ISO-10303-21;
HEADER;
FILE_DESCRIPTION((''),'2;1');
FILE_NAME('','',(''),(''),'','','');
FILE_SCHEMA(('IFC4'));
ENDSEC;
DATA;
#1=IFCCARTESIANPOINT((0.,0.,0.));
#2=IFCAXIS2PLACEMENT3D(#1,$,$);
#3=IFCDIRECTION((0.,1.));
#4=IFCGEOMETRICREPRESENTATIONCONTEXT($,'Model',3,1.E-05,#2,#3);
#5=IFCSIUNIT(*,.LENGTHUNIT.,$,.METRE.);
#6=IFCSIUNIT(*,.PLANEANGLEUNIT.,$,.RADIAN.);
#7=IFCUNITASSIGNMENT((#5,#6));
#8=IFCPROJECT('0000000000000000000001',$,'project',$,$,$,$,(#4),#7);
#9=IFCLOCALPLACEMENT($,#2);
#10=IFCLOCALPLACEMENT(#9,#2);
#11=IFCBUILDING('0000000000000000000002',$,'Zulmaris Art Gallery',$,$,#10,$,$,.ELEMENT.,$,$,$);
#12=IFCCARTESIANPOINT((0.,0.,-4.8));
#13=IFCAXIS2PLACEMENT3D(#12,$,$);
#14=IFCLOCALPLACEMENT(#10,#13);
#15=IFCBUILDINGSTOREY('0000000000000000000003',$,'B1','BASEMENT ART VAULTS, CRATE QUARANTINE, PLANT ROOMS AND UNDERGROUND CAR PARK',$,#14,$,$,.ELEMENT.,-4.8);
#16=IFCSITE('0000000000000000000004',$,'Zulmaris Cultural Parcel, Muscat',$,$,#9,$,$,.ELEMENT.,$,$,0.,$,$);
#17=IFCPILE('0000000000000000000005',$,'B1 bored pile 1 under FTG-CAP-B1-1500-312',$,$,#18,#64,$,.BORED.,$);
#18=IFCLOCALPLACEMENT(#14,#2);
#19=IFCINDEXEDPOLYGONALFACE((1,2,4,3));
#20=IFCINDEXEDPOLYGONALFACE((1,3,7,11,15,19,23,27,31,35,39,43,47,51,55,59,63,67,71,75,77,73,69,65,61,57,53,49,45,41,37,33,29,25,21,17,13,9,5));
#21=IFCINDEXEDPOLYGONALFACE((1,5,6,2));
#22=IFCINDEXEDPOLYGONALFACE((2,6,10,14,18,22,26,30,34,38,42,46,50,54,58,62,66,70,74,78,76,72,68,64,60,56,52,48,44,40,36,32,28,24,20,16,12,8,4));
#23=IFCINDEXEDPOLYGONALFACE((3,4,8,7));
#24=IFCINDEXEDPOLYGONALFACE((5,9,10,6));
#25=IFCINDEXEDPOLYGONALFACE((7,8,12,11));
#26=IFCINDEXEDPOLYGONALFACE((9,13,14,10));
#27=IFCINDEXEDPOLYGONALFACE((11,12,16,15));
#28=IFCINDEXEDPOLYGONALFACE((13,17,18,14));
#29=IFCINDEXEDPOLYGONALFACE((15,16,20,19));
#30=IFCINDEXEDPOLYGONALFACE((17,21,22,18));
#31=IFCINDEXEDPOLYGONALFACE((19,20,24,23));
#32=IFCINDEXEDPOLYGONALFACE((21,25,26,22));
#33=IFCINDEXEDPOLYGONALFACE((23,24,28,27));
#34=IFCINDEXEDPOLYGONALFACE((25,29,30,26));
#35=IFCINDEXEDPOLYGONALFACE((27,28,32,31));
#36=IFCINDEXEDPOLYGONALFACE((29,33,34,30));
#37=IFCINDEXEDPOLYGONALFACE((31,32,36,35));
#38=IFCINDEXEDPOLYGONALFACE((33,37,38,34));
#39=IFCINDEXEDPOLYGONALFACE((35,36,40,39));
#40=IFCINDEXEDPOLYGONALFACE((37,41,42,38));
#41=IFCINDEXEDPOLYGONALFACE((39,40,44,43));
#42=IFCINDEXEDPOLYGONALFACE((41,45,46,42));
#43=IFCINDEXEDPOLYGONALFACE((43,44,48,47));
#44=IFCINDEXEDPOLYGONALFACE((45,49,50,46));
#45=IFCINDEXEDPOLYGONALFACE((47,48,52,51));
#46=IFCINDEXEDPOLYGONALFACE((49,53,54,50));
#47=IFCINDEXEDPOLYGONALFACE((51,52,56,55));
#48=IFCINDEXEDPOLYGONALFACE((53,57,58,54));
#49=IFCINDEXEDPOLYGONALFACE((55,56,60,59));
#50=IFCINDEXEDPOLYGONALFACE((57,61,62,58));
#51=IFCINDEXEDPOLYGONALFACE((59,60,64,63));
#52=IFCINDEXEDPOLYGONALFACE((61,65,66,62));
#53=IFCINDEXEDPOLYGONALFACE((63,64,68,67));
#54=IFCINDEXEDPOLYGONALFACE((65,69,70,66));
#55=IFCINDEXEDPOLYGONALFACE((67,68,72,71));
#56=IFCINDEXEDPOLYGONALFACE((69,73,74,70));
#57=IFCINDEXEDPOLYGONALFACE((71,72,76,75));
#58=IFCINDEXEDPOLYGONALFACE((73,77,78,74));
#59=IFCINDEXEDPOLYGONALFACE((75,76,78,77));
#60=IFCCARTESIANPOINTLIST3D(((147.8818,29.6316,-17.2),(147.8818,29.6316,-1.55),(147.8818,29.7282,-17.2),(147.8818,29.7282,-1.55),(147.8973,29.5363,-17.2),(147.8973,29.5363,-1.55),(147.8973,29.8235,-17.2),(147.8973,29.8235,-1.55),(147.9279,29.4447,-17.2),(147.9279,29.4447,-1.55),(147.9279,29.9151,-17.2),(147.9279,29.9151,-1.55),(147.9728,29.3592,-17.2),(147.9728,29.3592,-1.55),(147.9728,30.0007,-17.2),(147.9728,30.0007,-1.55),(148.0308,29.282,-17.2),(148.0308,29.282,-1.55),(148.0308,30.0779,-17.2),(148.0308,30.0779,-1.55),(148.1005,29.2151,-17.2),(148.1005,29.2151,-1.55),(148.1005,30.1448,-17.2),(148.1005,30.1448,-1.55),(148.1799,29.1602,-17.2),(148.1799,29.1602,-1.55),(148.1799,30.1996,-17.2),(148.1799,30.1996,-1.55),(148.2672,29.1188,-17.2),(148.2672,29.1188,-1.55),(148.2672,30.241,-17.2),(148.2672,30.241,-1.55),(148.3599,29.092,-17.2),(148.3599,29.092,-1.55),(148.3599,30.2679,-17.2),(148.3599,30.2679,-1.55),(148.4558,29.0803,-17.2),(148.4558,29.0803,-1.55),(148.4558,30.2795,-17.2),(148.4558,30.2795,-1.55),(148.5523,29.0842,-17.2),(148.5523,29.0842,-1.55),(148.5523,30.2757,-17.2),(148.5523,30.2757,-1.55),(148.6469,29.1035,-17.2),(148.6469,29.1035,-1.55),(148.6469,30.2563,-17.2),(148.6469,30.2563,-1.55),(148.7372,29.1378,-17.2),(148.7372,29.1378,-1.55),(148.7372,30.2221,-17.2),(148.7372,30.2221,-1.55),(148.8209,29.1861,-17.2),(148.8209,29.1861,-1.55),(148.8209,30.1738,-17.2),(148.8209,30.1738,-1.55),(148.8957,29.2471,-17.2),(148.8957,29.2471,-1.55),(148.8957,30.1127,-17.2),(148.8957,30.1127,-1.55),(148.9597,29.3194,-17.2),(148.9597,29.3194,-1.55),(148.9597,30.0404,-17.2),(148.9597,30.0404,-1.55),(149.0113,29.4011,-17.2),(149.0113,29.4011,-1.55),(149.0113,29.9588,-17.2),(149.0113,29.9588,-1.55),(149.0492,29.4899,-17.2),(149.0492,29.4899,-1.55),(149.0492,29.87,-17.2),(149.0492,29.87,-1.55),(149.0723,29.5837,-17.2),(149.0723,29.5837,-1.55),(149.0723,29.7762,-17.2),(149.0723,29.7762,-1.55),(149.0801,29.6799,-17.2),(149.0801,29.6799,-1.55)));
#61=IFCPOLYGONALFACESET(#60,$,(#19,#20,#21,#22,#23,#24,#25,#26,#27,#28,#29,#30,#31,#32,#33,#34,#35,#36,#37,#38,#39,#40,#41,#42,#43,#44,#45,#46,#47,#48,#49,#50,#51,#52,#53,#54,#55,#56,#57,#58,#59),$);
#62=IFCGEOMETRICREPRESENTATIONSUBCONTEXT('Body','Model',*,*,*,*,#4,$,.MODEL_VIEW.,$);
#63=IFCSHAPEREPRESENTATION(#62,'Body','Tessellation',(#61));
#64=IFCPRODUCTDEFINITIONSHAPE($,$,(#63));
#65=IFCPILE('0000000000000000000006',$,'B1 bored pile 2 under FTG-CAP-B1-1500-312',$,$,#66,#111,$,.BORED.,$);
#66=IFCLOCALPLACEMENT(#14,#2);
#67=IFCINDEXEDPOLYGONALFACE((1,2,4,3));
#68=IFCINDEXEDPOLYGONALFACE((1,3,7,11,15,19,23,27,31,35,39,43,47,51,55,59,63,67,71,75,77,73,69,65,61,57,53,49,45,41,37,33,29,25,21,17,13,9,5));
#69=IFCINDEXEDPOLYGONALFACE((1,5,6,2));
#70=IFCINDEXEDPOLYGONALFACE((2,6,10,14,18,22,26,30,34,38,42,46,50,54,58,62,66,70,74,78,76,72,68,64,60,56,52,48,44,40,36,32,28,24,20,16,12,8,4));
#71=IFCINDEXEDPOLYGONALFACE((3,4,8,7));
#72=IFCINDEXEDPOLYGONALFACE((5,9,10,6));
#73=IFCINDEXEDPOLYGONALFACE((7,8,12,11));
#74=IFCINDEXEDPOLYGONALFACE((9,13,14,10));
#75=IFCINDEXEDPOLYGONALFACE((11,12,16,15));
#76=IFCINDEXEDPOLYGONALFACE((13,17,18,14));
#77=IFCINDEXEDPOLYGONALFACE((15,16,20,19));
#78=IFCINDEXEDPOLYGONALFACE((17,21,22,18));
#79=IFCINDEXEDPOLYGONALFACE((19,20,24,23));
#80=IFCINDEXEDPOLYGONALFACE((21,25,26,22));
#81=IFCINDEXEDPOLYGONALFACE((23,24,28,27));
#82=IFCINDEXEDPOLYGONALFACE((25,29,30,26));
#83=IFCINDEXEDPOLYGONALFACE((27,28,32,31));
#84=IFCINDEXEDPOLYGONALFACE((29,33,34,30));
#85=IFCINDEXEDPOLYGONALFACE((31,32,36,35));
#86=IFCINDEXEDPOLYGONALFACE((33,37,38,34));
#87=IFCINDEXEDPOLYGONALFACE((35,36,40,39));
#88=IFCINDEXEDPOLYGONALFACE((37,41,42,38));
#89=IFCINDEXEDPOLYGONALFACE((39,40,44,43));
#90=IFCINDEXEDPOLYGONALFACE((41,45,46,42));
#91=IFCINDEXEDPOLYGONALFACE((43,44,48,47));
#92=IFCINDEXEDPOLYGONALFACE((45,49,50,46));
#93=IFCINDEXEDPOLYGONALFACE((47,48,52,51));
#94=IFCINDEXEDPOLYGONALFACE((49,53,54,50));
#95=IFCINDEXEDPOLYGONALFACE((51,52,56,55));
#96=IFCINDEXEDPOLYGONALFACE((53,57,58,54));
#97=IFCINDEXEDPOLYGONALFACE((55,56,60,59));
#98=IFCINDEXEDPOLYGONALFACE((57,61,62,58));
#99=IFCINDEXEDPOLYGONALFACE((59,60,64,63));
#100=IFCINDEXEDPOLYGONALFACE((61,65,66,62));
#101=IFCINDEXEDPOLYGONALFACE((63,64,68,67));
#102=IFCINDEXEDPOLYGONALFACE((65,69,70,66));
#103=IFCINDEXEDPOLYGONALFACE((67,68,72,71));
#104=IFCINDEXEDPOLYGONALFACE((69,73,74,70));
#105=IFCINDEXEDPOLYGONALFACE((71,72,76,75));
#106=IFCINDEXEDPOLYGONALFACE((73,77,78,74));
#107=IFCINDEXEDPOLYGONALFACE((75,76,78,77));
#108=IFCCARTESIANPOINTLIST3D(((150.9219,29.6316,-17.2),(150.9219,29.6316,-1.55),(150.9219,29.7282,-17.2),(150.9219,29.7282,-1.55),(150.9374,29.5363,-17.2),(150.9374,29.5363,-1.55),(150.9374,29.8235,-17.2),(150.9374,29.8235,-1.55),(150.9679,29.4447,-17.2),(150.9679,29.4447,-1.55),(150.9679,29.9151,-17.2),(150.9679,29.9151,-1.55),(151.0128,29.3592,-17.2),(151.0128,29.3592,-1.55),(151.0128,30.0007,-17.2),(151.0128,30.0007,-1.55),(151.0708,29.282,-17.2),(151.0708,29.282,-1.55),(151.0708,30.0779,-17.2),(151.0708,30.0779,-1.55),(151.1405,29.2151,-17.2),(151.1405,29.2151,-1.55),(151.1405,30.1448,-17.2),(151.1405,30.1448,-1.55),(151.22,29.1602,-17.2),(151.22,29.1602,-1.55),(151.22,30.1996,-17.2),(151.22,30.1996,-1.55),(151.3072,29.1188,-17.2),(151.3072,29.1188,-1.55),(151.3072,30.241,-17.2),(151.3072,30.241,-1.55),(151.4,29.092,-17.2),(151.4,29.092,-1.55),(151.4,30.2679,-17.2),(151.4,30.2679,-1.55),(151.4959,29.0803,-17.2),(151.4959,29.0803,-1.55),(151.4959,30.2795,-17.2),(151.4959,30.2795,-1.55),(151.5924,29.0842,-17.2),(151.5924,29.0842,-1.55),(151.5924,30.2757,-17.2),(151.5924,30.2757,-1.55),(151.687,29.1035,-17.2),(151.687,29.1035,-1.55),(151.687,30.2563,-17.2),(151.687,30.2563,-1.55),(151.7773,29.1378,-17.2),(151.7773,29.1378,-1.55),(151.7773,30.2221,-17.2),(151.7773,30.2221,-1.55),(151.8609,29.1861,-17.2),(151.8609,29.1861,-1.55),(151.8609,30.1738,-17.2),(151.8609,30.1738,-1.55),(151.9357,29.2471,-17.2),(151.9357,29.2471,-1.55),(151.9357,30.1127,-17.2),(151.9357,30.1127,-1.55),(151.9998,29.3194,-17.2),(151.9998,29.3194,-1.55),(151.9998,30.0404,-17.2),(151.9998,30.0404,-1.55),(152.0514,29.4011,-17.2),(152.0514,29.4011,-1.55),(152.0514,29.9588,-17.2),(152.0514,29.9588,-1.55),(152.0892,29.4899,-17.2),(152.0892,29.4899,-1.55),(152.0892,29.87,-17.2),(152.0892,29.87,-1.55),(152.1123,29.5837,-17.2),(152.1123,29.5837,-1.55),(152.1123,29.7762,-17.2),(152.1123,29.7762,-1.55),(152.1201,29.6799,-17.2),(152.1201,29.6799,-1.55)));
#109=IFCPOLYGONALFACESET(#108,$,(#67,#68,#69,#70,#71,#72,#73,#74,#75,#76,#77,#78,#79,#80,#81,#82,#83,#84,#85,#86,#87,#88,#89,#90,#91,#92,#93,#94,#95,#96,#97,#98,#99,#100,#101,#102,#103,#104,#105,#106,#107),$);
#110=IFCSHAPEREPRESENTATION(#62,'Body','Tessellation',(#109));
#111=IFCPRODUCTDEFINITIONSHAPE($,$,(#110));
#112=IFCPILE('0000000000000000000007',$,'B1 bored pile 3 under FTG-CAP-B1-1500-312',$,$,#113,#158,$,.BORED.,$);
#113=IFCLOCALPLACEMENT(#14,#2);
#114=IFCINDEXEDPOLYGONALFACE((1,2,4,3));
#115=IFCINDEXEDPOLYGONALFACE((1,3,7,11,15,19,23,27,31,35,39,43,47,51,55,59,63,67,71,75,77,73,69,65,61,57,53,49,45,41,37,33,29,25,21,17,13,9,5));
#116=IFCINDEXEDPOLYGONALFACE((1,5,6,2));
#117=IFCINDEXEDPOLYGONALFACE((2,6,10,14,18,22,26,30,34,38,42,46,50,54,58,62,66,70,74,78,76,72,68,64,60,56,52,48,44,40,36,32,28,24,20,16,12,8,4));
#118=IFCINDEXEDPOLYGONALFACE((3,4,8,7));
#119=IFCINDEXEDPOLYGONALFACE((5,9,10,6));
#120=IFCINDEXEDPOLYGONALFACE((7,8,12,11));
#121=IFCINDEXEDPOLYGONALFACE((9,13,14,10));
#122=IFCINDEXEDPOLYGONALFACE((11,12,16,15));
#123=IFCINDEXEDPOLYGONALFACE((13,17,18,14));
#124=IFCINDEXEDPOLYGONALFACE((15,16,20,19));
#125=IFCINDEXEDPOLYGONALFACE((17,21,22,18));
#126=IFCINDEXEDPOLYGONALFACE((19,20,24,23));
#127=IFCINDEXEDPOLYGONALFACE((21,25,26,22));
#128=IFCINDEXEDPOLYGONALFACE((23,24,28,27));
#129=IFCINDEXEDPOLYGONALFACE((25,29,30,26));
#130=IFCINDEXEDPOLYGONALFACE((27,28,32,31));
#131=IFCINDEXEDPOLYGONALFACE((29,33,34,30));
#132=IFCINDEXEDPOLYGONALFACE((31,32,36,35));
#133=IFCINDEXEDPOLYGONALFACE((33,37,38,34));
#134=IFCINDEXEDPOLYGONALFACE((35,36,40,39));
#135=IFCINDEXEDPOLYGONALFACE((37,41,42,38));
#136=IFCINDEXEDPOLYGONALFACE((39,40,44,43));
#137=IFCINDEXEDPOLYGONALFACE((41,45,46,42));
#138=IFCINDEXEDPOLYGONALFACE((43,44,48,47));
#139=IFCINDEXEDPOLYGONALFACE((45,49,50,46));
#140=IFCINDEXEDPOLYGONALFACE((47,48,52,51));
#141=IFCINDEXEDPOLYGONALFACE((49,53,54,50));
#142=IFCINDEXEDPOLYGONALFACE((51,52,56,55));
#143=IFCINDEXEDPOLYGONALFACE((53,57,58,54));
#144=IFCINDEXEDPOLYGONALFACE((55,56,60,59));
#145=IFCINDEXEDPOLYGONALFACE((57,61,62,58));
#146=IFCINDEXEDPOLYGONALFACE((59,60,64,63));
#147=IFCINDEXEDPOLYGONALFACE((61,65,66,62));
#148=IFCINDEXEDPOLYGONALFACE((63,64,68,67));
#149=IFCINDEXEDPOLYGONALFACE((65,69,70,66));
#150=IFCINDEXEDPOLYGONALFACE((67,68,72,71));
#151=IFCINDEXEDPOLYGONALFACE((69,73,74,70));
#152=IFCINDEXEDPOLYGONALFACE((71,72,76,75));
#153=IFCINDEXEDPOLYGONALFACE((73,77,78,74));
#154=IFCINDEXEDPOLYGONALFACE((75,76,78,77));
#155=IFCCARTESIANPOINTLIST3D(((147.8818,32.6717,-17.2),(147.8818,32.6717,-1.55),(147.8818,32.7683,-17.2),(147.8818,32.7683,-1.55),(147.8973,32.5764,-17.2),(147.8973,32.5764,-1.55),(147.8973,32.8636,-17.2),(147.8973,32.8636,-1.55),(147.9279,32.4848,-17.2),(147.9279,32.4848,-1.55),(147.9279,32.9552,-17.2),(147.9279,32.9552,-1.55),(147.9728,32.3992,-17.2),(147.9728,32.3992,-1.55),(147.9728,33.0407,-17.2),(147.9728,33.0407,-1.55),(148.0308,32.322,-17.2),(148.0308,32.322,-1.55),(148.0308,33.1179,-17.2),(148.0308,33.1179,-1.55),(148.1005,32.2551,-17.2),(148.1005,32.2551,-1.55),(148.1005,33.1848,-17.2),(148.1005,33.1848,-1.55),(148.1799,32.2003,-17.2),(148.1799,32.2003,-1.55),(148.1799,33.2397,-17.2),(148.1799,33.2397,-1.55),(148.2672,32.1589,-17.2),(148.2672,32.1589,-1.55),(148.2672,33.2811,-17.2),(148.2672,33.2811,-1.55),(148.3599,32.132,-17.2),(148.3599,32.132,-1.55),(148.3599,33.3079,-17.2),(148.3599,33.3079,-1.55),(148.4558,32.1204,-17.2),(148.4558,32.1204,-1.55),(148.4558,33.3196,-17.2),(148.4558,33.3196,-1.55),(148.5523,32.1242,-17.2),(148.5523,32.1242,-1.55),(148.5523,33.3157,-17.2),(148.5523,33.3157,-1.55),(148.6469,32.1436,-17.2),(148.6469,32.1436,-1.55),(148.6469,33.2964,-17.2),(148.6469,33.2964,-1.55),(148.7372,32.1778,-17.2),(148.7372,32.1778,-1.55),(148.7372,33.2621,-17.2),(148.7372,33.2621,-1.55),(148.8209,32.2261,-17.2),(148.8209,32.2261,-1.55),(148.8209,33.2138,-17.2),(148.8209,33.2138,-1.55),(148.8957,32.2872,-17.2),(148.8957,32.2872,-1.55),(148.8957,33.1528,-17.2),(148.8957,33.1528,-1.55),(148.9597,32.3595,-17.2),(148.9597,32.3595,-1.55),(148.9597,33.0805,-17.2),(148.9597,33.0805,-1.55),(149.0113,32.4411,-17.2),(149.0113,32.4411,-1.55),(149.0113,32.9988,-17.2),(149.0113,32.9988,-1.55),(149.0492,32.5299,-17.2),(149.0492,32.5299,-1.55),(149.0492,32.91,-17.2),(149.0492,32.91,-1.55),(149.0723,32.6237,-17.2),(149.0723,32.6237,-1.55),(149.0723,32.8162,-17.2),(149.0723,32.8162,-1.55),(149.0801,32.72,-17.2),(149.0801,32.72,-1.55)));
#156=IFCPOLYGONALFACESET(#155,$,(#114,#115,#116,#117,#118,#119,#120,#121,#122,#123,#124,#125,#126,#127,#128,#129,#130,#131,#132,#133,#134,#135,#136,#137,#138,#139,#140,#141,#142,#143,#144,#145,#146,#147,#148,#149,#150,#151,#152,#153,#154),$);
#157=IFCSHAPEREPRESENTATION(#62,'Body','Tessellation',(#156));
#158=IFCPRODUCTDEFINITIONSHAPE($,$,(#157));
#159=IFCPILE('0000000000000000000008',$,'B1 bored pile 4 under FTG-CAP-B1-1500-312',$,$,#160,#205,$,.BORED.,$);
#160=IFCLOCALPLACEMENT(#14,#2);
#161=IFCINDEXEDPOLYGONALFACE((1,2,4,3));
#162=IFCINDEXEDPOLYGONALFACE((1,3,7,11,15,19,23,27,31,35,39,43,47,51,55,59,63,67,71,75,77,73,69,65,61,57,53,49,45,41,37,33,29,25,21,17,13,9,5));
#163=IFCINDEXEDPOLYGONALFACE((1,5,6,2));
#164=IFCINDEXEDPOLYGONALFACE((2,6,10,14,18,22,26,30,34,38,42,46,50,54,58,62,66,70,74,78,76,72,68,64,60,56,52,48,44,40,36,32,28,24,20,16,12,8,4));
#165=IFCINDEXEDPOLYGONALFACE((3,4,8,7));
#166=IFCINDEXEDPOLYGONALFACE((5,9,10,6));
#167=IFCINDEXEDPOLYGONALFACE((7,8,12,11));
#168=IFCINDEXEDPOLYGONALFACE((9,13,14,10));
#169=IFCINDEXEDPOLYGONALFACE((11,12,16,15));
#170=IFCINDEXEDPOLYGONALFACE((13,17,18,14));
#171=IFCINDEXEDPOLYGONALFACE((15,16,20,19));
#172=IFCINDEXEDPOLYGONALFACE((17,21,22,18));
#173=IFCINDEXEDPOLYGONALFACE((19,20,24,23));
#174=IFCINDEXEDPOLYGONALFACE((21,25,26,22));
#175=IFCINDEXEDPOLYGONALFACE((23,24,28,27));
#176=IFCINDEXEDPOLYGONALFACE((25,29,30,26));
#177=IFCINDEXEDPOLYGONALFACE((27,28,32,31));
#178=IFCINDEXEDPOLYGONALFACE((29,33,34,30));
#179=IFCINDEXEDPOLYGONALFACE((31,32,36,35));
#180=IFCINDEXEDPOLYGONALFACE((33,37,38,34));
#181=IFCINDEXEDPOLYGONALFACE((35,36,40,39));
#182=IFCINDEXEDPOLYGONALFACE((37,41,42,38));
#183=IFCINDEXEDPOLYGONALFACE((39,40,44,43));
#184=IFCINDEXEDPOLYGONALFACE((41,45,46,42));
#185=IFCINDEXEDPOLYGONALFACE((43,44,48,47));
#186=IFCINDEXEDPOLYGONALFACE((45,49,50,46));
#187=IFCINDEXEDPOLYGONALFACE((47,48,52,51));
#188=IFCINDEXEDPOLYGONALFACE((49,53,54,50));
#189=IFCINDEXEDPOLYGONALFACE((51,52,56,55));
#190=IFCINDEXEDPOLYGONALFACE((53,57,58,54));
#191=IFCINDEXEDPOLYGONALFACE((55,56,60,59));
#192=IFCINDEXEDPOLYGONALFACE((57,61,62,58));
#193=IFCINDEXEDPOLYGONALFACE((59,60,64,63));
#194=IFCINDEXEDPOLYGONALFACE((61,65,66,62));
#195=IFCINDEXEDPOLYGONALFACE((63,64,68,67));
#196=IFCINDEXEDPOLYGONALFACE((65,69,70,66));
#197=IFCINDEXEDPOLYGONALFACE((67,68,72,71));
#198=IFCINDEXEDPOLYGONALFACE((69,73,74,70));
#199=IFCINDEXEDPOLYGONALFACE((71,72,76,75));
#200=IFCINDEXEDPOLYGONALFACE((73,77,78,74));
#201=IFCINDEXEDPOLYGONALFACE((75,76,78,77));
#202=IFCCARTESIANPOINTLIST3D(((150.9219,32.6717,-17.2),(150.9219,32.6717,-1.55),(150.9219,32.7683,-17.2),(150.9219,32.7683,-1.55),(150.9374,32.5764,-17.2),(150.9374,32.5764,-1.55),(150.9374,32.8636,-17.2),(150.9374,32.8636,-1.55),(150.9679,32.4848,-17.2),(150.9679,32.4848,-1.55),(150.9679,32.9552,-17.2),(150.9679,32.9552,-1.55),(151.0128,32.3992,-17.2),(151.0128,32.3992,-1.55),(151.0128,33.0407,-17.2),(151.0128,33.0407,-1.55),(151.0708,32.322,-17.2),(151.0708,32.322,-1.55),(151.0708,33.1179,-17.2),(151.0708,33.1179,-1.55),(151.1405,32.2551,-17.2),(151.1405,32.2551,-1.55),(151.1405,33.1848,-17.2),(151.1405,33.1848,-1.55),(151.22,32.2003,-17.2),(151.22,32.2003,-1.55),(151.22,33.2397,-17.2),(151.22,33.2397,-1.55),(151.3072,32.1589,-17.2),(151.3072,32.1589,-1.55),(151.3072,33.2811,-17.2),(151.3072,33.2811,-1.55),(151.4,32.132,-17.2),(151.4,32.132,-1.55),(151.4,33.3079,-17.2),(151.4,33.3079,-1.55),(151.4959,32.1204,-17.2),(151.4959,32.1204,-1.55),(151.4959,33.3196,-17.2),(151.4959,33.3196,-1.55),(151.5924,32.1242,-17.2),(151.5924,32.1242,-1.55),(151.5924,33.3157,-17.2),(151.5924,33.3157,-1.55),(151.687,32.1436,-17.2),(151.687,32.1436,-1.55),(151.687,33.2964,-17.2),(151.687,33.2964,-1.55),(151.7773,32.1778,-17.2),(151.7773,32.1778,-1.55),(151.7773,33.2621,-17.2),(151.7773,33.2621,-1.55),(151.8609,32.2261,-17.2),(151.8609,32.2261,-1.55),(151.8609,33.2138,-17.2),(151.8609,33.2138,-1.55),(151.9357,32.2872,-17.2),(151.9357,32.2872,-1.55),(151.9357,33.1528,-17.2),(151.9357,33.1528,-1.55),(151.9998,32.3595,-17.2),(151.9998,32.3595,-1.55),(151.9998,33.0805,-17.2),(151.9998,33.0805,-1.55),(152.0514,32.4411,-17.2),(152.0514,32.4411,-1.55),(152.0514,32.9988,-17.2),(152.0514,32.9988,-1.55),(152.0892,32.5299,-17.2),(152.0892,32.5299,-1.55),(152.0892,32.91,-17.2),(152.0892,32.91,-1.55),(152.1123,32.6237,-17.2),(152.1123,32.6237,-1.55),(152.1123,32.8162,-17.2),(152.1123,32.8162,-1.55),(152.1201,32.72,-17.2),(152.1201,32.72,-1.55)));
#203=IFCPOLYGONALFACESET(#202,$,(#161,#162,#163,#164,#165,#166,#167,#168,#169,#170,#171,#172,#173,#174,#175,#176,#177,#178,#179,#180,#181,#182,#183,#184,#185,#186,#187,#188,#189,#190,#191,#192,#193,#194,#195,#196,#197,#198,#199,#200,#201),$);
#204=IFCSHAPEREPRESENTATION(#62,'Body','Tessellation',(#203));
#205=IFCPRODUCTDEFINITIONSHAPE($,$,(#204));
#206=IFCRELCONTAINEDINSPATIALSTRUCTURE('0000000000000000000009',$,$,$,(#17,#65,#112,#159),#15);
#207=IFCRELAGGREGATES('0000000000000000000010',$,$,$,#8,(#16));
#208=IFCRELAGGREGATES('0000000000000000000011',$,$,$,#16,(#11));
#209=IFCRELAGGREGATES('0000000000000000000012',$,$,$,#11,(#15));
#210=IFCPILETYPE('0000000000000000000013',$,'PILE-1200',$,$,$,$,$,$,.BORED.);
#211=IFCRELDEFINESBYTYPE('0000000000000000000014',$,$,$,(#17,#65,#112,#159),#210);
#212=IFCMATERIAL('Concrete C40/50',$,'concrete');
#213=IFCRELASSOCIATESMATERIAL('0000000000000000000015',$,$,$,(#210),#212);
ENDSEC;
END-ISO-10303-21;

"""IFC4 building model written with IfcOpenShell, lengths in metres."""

from ifc_helpers import new_model, si_unit, direction, frame, origin, origin_2d, place, context, subcontext, project, spatial, circle, extrude, material, material_profile, profile_set, type_object, element, save


model = new_model("IFC4")

# Units and contexts
model_context = context("Model", 3, precision=1e-05, world=origin(), true_north=direction((0.0, 1.0)))
body_context = subcontext(model_context, "Body", "Model", "MODEL_VIEW")
ifc_project = project(units=[si_unit("LENGTHUNIT", "METRE"), si_unit("PLANEANGLEUNIT", "RADIAN")], contexts=[model_context])

# Site, building, storey
site_placement = place(None, origin())
site = spatial("IfcSite", under=ifc_project, at=site_placement, Name="Zulmaris Cultural Parcel, Muscat", CompositionType="ELEMENT", RefElevation=0.0)
building_placement = place(site_placement, origin())
building = spatial("IfcBuilding", under=site, at=building_placement, Name="Zulmaris Art Gallery", CompositionType="ELEMENT")
storey_placement = place(building_placement, frame((0.0, 0.0, -4.8)))
storey = spatial("IfcBuildingStorey", under=building, at=storey_placement, Name="B1", Description="BASEMENT ART VAULTS, CRATE QUARANTINE, PLANT ROOMS AND UNDERGROUND CAR PARK", CompositionType="ELEMENT", Elevation=-4.8)

# Piles
ifc_material_1 = material(Name="Concrete C40/50", Category="concrete")
ifc_material_profile_1 = material_profile(ifc_material_1, circle(Radius=0.6001, at=origin_2d()), Name="PILE DIA 1200")
ifc_profile_set_1 = profile_set([ifc_material_profile_1], Name="Concrete C40/50")
pile_type_1 = type_object("IfcPileType", Name="PILE-1200", PredefinedType="BORED", material=ifc_profile_set_1)
for number, where, z_axis, x_axis, name in (
    (1, (148.48, 29.6799, -1.55), (0.0, 0.0, -1.0), (1.0, 0.0, 0.0), "B1 bored pile 1 under FTG-CAP-B1-1500-312"),
    (2, (151.52, 29.6799, -1.55), (0.0, 0.0, -1.0), (1.0, 0.0, 0.0), "B1 bored pile 2 under FTG-CAP-B1-1500-312"),
    (3, (148.48, 32.72, -1.55), (0.0, 0.0, -1.0), (1.0, 0.0, 0.0), "B1 bored pile 3 under FTG-CAP-B1-1500-312"),
    (4, (151.52, 32.72, -1.55), (0.0, 0.0, -1.0), (1.0, 0.0, 0.0), "B1 bored pile 4 under FTG-CAP-B1-1500-312"),
):
    element("IfcPile", number, at=place(storey_placement, frame(where, z_axis=z_axis, x_axis=x_axis)), inside=storey, type_object=pile_type_1, Name=name, PredefinedType="BORED", context=body_context, shape_type="SweptSolid", body=[
        extrude(circle(Radius=0.6001, at=origin_2d()), origin(), (0.0, 0.0, 1.0), 15.6499),
    ])

save(model, "model.ifc")
